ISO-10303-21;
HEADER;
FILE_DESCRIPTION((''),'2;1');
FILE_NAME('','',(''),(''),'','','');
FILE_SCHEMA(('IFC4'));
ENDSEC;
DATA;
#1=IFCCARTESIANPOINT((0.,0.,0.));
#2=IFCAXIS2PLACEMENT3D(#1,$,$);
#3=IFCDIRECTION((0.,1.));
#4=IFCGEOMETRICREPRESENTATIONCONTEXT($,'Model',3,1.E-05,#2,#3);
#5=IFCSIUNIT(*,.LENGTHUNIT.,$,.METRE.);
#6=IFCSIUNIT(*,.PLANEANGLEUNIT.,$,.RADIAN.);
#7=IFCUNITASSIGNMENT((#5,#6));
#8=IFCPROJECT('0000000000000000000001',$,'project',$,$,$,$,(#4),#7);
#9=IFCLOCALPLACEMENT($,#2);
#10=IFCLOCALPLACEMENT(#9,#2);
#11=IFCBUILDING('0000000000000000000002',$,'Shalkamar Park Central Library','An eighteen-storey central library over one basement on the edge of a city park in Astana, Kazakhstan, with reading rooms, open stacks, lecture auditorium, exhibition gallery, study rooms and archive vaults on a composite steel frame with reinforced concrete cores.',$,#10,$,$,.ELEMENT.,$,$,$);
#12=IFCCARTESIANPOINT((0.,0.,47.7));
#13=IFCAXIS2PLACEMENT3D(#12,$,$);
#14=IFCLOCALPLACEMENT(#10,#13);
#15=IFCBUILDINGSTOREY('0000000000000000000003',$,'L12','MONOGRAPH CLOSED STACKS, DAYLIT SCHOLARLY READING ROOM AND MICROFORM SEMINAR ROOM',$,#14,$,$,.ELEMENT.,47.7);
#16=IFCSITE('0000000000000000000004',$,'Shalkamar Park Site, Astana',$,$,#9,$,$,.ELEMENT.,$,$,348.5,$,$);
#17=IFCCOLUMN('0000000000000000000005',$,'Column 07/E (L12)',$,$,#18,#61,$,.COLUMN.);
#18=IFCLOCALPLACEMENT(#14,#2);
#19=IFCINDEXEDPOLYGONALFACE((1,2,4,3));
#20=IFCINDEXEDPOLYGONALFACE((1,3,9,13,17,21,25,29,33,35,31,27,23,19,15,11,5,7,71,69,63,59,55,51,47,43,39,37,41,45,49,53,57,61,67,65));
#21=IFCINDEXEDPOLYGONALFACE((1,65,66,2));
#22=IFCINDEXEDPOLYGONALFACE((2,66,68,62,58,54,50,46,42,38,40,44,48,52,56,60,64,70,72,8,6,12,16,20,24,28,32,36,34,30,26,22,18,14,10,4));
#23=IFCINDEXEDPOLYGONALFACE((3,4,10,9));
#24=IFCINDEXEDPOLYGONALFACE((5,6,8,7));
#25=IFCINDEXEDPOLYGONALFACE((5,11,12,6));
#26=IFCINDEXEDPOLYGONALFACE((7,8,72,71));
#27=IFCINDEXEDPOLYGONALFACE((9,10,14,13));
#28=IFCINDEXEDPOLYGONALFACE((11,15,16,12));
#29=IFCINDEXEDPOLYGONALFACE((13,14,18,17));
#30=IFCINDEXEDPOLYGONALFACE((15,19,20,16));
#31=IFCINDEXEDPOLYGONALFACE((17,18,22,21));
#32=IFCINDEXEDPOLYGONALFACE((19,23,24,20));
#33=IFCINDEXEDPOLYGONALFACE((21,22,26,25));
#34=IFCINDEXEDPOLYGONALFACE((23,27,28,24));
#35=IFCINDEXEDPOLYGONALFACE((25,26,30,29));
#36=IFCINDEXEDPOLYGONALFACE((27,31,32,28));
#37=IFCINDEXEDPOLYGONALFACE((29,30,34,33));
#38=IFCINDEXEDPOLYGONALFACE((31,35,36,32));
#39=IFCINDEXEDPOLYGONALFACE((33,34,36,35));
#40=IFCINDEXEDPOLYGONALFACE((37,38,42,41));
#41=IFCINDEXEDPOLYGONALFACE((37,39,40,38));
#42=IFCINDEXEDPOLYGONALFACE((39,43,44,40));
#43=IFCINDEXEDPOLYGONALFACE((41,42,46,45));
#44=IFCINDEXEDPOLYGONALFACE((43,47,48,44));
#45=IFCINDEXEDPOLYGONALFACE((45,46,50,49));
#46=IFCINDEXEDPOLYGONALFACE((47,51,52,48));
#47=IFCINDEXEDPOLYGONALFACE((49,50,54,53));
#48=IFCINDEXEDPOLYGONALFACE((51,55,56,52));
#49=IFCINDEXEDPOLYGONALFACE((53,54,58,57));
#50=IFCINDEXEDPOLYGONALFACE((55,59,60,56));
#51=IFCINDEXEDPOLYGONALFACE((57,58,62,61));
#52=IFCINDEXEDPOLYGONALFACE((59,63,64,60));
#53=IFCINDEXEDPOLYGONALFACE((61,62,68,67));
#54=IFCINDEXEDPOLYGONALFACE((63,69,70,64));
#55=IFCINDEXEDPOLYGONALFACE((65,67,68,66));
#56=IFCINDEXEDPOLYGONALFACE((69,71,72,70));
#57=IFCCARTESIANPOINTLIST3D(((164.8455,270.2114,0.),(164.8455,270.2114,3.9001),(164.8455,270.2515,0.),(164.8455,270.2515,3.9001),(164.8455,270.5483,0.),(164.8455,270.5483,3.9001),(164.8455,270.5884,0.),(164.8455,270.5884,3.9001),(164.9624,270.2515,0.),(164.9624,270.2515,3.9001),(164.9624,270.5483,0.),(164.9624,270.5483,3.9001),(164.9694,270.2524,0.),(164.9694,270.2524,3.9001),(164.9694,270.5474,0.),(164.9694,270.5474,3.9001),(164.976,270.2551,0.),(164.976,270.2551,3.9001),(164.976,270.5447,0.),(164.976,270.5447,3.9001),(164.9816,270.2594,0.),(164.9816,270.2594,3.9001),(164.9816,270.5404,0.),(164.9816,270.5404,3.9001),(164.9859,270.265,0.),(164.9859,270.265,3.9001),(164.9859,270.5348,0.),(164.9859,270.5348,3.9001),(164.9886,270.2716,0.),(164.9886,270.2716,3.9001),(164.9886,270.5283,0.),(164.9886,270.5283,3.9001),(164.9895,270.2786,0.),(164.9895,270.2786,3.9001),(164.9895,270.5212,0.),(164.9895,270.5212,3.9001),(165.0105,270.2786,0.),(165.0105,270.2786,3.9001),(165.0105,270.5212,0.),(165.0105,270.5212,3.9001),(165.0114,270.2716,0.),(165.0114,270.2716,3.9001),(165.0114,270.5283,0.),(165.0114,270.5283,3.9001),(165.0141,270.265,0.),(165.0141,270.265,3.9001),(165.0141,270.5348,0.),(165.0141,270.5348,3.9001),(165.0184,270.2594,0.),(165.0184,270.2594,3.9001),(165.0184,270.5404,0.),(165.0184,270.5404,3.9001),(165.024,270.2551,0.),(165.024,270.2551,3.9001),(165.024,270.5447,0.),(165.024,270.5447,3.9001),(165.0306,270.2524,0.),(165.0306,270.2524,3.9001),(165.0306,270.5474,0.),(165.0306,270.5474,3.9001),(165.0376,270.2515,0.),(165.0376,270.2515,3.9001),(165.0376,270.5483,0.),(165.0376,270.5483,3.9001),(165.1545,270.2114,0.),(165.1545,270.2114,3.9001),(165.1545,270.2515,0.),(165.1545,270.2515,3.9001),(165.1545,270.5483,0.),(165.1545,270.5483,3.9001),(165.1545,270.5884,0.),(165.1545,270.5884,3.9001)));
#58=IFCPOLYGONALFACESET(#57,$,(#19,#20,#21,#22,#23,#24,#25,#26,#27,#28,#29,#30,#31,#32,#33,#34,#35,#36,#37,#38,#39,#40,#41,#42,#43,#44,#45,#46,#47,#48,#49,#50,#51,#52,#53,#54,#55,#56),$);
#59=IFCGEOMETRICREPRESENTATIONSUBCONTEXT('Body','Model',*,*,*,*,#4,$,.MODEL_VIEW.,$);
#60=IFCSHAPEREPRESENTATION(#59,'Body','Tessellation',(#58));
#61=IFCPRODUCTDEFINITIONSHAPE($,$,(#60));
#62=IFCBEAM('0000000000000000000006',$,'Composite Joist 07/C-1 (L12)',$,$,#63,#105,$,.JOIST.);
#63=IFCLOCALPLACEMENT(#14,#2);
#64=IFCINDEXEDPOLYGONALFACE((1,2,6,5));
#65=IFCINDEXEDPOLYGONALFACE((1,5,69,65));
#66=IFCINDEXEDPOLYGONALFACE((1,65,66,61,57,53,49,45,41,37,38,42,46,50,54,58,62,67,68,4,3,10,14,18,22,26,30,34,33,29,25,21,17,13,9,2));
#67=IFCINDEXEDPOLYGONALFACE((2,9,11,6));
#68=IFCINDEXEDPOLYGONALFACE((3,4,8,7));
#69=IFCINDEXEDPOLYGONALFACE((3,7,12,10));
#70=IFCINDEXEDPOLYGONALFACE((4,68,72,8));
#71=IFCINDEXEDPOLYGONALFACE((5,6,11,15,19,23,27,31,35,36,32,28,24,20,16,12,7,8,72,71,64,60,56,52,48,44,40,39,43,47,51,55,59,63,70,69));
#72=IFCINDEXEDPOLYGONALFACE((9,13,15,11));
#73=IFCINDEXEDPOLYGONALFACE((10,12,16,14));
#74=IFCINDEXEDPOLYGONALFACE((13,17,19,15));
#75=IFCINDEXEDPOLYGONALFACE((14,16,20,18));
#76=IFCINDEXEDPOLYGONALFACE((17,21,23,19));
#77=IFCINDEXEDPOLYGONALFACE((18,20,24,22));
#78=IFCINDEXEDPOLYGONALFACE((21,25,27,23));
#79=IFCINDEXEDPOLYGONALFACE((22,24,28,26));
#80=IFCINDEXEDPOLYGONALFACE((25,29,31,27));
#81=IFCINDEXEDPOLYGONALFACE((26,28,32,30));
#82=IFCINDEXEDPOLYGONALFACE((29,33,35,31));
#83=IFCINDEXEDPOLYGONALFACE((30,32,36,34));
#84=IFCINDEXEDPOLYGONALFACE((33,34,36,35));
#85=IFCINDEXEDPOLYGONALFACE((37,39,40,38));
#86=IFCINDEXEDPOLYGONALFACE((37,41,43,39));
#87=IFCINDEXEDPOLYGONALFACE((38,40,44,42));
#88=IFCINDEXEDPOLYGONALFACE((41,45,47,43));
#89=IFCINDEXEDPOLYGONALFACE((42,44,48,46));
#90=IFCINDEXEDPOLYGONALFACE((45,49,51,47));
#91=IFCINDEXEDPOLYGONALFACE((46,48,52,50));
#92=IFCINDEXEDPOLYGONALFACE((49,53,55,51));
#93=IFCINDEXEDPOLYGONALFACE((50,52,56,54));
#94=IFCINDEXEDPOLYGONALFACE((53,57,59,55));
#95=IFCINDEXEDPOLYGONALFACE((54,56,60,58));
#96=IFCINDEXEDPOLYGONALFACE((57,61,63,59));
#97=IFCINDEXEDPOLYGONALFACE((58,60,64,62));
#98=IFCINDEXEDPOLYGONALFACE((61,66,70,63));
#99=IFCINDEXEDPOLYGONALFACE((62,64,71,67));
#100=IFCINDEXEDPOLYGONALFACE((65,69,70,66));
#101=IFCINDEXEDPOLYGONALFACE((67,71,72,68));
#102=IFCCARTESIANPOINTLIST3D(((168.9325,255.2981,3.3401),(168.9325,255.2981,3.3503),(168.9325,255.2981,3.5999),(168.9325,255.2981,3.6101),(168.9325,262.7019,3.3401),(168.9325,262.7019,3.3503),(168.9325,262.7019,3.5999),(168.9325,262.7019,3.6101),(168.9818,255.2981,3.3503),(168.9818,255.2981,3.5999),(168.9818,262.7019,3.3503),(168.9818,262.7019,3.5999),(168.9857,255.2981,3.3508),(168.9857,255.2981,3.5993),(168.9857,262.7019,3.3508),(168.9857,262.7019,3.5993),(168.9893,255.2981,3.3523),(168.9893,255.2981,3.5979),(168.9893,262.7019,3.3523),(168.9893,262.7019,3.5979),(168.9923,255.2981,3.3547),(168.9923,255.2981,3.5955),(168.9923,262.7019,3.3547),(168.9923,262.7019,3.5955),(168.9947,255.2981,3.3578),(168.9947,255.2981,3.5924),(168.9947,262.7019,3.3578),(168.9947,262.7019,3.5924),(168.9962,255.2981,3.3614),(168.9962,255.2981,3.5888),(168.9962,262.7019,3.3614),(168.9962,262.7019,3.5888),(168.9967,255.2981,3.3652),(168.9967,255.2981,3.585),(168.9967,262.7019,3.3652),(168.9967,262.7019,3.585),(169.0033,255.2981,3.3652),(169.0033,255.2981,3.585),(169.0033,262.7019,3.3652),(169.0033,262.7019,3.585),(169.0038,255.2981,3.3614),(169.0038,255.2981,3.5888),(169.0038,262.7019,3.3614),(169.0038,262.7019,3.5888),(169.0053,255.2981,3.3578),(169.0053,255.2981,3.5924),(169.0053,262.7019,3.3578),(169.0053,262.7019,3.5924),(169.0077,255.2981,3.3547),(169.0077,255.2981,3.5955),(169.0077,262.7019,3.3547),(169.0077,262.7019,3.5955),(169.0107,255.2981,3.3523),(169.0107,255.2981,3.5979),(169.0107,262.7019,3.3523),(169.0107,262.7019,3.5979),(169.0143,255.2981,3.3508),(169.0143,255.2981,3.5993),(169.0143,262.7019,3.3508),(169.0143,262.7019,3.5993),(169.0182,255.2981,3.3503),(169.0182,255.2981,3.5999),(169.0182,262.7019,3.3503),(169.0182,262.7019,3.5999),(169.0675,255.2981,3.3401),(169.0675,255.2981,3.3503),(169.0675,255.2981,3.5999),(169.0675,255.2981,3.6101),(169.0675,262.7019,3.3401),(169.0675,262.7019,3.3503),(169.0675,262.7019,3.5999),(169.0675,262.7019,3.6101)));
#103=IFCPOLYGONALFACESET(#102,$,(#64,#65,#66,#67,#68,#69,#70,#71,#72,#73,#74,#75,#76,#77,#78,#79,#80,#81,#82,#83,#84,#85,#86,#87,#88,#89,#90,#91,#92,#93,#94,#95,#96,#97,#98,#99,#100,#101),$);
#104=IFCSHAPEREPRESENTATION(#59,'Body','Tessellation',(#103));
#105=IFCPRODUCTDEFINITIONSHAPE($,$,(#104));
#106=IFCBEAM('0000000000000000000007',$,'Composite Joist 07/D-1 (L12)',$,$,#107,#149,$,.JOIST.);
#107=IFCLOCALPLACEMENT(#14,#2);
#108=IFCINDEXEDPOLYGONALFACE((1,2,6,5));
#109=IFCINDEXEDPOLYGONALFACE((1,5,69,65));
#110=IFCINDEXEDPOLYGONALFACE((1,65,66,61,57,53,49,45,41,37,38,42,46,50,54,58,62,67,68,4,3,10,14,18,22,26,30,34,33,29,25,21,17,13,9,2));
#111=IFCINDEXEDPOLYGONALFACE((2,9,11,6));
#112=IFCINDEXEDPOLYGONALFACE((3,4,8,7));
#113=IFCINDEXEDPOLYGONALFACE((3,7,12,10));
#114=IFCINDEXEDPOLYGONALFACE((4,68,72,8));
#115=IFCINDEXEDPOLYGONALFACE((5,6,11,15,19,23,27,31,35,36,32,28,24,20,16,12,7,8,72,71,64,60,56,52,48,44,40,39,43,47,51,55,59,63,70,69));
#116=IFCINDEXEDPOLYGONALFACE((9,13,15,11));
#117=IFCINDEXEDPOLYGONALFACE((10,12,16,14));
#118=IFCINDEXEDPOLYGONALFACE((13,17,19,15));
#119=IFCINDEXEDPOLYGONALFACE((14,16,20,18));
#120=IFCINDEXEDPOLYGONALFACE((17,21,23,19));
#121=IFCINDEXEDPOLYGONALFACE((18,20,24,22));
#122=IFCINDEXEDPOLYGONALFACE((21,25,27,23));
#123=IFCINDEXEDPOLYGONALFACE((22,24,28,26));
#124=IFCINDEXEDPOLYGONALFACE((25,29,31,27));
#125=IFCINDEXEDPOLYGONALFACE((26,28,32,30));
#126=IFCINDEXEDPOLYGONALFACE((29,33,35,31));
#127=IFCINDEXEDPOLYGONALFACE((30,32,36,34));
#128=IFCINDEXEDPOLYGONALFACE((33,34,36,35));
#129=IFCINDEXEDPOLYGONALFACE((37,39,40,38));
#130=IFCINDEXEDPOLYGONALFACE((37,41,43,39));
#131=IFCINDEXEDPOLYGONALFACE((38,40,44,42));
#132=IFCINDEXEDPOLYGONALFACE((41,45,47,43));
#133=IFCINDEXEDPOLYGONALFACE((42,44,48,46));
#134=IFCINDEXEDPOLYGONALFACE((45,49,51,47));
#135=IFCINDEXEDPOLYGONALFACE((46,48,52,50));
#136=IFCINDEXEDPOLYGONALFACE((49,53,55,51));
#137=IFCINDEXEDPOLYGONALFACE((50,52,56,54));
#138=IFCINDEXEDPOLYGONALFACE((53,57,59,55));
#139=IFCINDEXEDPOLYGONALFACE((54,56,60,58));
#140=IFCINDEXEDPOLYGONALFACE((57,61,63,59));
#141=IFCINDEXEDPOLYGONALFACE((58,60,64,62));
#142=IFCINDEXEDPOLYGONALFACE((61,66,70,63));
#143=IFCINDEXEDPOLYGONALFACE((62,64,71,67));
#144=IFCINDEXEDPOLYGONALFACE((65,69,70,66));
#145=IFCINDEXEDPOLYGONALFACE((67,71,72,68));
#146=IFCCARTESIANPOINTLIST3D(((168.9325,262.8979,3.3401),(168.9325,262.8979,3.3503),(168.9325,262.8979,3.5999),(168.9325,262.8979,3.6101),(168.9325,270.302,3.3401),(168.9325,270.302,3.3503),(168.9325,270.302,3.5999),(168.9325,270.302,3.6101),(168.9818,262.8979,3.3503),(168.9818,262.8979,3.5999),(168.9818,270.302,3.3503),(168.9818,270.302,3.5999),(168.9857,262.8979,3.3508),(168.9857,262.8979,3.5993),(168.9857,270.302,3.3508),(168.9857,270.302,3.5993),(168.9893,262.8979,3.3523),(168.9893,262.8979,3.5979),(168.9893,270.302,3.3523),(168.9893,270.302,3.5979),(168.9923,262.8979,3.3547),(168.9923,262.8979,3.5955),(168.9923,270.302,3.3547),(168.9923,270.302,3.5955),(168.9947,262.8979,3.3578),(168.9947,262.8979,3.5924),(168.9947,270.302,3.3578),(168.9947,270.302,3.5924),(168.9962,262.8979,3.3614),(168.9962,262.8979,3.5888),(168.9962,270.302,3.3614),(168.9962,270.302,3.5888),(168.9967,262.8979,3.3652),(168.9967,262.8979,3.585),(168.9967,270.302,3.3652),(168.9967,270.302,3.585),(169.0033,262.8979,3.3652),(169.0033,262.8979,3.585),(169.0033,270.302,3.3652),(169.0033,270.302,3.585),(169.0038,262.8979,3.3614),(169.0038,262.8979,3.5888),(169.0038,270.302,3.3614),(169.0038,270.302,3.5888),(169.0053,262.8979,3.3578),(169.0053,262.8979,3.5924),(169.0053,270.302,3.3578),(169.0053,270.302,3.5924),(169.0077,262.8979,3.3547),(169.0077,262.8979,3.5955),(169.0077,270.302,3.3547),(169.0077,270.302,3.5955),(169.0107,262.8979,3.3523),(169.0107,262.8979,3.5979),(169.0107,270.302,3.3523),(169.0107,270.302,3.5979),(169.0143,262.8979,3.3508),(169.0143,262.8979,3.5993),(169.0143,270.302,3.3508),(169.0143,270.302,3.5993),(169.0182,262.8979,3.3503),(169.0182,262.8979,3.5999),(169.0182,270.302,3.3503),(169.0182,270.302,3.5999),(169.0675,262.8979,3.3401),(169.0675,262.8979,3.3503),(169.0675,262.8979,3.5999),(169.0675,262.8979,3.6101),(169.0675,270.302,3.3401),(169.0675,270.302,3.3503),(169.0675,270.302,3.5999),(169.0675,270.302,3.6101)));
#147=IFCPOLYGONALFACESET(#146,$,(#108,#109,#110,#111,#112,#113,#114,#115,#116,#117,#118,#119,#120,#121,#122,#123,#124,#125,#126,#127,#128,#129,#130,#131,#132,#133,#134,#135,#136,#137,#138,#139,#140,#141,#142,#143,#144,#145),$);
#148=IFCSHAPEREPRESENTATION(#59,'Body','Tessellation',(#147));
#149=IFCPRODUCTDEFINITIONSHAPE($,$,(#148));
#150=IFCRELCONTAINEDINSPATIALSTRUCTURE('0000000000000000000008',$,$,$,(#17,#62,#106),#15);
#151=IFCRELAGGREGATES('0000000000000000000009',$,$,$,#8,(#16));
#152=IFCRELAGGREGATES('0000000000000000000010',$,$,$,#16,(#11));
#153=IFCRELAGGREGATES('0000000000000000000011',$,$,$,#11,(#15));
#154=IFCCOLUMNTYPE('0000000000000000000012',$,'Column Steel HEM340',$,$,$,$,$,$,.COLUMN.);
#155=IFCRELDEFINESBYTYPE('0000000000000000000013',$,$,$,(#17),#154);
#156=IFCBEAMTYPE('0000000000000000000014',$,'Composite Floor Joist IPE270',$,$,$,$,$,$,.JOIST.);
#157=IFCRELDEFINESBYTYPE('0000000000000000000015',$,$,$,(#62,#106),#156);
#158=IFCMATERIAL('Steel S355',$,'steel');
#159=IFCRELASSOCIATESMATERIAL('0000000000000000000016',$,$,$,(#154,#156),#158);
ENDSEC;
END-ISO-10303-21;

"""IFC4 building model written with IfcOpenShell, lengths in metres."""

from ifc_helpers import new_model, si_unit, direction, frame, origin, origin_2d, place, context, subcontext, project, spatial, i_section, extrude, material, material_profile, profile_set, type_object, element, save


model = new_model("IFC4")

# Units and contexts
model_context = context("Model", 3, precision=1e-05, world=origin(), true_north=direction((0.0, 1.0)))
body_context = subcontext(model_context, "Body", "Model", "MODEL_VIEW")
ifc_project = project(units=[si_unit("LENGTHUNIT", "METRE"), si_unit("PLANEANGLEUNIT", "RADIAN")], contexts=[model_context])

# Site, building, storey
site_placement = place(None, origin())
site = spatial("IfcSite", under=ifc_project, at=site_placement, Name="Shalkamar Park Site, Astana", CompositionType="ELEMENT", RefElevation=348.5)
building_placement = place(site_placement, origin())
building = spatial("IfcBuilding", under=site, at=building_placement, Name="Shalkamar Park Central Library", Description="An eighteen-storey central library over one basement on the edge of a city park in Astana, Kazakhstan, with reading rooms, open stacks, lecture auditorium, exhibition gallery, study rooms and archive vaults on a composite steel frame with reinforced concrete cores.", CompositionType="ELEMENT")
storey_placement = place(building_placement, frame((0.0, 0.0, 47.7)))
storey = spatial("IfcBuildingStorey", under=building, at=storey_placement, Name="L12", Description="MONOGRAPH CLOSED STACKS, DAYLIT SCHOLARLY READING ROOM AND MICROFORM SEMINAR ROOM", CompositionType="ELEMENT", Elevation=47.7)

# Column
ifc_material_1 = material(Name="Steel S355", Category="steel")
ifc_material_profile_1 = material_profile(ifc_material_1, i_section(OverallWidth=0.3091, OverallDepth=0.377, WebThickness=0.021, FlangeThickness=0.04, FilletRadius=0.0271, at=origin_2d()), Name="HEM 340")
ifc_profile_set_1 = profile_set([ifc_material_profile_1], Name="Steel S355")
column_type_1 = type_object("IfcColumnType", Name="Column Steel HEM340", PredefinedType="COLUMN", material=ifc_profile_set_1)
for number, where, z_axis, x_axis, name in (
    (1, (165.0, 270.3999, 0.0), (0.0, 0.0, 1.0), (1.0, 0.0, 0.0), "Column 07/E (L12)"),
):
    element("IfcColumn", number, at=place(storey_placement, frame(where, z_axis=z_axis, x_axis=x_axis)), inside=storey, type_object=column_type_1, Name=name, PredefinedType="COLUMN", context=body_context, shape_type="SweptSolid", body=[
        extrude(i_section(OverallWidth=0.3091, OverallDepth=0.377, WebThickness=0.021, FlangeThickness=0.04, FilletRadius=0.0271, at=origin_2d()), origin(), (0.0, 0.0, 1.0), 3.9001),
    ])

# Beams
ifc_material_profile_2 = material_profile(ifc_material_1, i_section(OverallWidth=0.135, OverallDepth=0.27, WebThickness=0.0066, FlangeThickness=0.0103, FilletRadius=0.0149, at=origin_2d()), Name="IPE 270")
ifc_profile_set_2 = profile_set([ifc_material_profile_2], Name="Steel S355")
beam_type_1 = type_object("IfcBeamType", Name="Composite Floor Joist IPE270", PredefinedType="JOIST", material=ifc_profile_set_2)
beam_1_placement = place(storey_placement, frame((169.0, 255.2981, 3.4751), z_axis=(0.0, 1.0, 0.0), x_axis=(-1.0, 0.0, 0.0)))
element("IfcBeam", 2, at=beam_1_placement, inside=storey, type_object=beam_type_1, Name="Composite Joist 07/C-1 (L12)", PredefinedType="JOIST", context=body_context, shape_type="SweptSolid", body=[
    extrude(i_section(OverallWidth=0.135, OverallDepth=0.27, WebThickness=0.0066, FlangeThickness=0.0103, FilletRadius=0.0149, at=origin_2d()), origin(), (0.0, 0.0, 1.0), 7.4038),
])
beam_2_placement = place(storey_placement, frame((169.0, 262.8979, 3.4751), z_axis=(0.0, 1.0, 0.0), x_axis=(-1.0, 0.0, 0.0)))
element("IfcBeam", 3, at=beam_2_placement, inside=storey, type_object=beam_type_1, Name="Composite Joist 07/D-1 (L12)", PredefinedType="JOIST", context=body_context, shape_type="SweptSolid", body=[
    extrude(i_section(OverallWidth=0.135, OverallDepth=0.27, WebThickness=0.0066, FlangeThickness=0.0103, FilletRadius=0.0149, at=origin_2d()), origin(), (0.0, 0.0, 1.0), 7.4041),
])

save(model, "model.ifc")
